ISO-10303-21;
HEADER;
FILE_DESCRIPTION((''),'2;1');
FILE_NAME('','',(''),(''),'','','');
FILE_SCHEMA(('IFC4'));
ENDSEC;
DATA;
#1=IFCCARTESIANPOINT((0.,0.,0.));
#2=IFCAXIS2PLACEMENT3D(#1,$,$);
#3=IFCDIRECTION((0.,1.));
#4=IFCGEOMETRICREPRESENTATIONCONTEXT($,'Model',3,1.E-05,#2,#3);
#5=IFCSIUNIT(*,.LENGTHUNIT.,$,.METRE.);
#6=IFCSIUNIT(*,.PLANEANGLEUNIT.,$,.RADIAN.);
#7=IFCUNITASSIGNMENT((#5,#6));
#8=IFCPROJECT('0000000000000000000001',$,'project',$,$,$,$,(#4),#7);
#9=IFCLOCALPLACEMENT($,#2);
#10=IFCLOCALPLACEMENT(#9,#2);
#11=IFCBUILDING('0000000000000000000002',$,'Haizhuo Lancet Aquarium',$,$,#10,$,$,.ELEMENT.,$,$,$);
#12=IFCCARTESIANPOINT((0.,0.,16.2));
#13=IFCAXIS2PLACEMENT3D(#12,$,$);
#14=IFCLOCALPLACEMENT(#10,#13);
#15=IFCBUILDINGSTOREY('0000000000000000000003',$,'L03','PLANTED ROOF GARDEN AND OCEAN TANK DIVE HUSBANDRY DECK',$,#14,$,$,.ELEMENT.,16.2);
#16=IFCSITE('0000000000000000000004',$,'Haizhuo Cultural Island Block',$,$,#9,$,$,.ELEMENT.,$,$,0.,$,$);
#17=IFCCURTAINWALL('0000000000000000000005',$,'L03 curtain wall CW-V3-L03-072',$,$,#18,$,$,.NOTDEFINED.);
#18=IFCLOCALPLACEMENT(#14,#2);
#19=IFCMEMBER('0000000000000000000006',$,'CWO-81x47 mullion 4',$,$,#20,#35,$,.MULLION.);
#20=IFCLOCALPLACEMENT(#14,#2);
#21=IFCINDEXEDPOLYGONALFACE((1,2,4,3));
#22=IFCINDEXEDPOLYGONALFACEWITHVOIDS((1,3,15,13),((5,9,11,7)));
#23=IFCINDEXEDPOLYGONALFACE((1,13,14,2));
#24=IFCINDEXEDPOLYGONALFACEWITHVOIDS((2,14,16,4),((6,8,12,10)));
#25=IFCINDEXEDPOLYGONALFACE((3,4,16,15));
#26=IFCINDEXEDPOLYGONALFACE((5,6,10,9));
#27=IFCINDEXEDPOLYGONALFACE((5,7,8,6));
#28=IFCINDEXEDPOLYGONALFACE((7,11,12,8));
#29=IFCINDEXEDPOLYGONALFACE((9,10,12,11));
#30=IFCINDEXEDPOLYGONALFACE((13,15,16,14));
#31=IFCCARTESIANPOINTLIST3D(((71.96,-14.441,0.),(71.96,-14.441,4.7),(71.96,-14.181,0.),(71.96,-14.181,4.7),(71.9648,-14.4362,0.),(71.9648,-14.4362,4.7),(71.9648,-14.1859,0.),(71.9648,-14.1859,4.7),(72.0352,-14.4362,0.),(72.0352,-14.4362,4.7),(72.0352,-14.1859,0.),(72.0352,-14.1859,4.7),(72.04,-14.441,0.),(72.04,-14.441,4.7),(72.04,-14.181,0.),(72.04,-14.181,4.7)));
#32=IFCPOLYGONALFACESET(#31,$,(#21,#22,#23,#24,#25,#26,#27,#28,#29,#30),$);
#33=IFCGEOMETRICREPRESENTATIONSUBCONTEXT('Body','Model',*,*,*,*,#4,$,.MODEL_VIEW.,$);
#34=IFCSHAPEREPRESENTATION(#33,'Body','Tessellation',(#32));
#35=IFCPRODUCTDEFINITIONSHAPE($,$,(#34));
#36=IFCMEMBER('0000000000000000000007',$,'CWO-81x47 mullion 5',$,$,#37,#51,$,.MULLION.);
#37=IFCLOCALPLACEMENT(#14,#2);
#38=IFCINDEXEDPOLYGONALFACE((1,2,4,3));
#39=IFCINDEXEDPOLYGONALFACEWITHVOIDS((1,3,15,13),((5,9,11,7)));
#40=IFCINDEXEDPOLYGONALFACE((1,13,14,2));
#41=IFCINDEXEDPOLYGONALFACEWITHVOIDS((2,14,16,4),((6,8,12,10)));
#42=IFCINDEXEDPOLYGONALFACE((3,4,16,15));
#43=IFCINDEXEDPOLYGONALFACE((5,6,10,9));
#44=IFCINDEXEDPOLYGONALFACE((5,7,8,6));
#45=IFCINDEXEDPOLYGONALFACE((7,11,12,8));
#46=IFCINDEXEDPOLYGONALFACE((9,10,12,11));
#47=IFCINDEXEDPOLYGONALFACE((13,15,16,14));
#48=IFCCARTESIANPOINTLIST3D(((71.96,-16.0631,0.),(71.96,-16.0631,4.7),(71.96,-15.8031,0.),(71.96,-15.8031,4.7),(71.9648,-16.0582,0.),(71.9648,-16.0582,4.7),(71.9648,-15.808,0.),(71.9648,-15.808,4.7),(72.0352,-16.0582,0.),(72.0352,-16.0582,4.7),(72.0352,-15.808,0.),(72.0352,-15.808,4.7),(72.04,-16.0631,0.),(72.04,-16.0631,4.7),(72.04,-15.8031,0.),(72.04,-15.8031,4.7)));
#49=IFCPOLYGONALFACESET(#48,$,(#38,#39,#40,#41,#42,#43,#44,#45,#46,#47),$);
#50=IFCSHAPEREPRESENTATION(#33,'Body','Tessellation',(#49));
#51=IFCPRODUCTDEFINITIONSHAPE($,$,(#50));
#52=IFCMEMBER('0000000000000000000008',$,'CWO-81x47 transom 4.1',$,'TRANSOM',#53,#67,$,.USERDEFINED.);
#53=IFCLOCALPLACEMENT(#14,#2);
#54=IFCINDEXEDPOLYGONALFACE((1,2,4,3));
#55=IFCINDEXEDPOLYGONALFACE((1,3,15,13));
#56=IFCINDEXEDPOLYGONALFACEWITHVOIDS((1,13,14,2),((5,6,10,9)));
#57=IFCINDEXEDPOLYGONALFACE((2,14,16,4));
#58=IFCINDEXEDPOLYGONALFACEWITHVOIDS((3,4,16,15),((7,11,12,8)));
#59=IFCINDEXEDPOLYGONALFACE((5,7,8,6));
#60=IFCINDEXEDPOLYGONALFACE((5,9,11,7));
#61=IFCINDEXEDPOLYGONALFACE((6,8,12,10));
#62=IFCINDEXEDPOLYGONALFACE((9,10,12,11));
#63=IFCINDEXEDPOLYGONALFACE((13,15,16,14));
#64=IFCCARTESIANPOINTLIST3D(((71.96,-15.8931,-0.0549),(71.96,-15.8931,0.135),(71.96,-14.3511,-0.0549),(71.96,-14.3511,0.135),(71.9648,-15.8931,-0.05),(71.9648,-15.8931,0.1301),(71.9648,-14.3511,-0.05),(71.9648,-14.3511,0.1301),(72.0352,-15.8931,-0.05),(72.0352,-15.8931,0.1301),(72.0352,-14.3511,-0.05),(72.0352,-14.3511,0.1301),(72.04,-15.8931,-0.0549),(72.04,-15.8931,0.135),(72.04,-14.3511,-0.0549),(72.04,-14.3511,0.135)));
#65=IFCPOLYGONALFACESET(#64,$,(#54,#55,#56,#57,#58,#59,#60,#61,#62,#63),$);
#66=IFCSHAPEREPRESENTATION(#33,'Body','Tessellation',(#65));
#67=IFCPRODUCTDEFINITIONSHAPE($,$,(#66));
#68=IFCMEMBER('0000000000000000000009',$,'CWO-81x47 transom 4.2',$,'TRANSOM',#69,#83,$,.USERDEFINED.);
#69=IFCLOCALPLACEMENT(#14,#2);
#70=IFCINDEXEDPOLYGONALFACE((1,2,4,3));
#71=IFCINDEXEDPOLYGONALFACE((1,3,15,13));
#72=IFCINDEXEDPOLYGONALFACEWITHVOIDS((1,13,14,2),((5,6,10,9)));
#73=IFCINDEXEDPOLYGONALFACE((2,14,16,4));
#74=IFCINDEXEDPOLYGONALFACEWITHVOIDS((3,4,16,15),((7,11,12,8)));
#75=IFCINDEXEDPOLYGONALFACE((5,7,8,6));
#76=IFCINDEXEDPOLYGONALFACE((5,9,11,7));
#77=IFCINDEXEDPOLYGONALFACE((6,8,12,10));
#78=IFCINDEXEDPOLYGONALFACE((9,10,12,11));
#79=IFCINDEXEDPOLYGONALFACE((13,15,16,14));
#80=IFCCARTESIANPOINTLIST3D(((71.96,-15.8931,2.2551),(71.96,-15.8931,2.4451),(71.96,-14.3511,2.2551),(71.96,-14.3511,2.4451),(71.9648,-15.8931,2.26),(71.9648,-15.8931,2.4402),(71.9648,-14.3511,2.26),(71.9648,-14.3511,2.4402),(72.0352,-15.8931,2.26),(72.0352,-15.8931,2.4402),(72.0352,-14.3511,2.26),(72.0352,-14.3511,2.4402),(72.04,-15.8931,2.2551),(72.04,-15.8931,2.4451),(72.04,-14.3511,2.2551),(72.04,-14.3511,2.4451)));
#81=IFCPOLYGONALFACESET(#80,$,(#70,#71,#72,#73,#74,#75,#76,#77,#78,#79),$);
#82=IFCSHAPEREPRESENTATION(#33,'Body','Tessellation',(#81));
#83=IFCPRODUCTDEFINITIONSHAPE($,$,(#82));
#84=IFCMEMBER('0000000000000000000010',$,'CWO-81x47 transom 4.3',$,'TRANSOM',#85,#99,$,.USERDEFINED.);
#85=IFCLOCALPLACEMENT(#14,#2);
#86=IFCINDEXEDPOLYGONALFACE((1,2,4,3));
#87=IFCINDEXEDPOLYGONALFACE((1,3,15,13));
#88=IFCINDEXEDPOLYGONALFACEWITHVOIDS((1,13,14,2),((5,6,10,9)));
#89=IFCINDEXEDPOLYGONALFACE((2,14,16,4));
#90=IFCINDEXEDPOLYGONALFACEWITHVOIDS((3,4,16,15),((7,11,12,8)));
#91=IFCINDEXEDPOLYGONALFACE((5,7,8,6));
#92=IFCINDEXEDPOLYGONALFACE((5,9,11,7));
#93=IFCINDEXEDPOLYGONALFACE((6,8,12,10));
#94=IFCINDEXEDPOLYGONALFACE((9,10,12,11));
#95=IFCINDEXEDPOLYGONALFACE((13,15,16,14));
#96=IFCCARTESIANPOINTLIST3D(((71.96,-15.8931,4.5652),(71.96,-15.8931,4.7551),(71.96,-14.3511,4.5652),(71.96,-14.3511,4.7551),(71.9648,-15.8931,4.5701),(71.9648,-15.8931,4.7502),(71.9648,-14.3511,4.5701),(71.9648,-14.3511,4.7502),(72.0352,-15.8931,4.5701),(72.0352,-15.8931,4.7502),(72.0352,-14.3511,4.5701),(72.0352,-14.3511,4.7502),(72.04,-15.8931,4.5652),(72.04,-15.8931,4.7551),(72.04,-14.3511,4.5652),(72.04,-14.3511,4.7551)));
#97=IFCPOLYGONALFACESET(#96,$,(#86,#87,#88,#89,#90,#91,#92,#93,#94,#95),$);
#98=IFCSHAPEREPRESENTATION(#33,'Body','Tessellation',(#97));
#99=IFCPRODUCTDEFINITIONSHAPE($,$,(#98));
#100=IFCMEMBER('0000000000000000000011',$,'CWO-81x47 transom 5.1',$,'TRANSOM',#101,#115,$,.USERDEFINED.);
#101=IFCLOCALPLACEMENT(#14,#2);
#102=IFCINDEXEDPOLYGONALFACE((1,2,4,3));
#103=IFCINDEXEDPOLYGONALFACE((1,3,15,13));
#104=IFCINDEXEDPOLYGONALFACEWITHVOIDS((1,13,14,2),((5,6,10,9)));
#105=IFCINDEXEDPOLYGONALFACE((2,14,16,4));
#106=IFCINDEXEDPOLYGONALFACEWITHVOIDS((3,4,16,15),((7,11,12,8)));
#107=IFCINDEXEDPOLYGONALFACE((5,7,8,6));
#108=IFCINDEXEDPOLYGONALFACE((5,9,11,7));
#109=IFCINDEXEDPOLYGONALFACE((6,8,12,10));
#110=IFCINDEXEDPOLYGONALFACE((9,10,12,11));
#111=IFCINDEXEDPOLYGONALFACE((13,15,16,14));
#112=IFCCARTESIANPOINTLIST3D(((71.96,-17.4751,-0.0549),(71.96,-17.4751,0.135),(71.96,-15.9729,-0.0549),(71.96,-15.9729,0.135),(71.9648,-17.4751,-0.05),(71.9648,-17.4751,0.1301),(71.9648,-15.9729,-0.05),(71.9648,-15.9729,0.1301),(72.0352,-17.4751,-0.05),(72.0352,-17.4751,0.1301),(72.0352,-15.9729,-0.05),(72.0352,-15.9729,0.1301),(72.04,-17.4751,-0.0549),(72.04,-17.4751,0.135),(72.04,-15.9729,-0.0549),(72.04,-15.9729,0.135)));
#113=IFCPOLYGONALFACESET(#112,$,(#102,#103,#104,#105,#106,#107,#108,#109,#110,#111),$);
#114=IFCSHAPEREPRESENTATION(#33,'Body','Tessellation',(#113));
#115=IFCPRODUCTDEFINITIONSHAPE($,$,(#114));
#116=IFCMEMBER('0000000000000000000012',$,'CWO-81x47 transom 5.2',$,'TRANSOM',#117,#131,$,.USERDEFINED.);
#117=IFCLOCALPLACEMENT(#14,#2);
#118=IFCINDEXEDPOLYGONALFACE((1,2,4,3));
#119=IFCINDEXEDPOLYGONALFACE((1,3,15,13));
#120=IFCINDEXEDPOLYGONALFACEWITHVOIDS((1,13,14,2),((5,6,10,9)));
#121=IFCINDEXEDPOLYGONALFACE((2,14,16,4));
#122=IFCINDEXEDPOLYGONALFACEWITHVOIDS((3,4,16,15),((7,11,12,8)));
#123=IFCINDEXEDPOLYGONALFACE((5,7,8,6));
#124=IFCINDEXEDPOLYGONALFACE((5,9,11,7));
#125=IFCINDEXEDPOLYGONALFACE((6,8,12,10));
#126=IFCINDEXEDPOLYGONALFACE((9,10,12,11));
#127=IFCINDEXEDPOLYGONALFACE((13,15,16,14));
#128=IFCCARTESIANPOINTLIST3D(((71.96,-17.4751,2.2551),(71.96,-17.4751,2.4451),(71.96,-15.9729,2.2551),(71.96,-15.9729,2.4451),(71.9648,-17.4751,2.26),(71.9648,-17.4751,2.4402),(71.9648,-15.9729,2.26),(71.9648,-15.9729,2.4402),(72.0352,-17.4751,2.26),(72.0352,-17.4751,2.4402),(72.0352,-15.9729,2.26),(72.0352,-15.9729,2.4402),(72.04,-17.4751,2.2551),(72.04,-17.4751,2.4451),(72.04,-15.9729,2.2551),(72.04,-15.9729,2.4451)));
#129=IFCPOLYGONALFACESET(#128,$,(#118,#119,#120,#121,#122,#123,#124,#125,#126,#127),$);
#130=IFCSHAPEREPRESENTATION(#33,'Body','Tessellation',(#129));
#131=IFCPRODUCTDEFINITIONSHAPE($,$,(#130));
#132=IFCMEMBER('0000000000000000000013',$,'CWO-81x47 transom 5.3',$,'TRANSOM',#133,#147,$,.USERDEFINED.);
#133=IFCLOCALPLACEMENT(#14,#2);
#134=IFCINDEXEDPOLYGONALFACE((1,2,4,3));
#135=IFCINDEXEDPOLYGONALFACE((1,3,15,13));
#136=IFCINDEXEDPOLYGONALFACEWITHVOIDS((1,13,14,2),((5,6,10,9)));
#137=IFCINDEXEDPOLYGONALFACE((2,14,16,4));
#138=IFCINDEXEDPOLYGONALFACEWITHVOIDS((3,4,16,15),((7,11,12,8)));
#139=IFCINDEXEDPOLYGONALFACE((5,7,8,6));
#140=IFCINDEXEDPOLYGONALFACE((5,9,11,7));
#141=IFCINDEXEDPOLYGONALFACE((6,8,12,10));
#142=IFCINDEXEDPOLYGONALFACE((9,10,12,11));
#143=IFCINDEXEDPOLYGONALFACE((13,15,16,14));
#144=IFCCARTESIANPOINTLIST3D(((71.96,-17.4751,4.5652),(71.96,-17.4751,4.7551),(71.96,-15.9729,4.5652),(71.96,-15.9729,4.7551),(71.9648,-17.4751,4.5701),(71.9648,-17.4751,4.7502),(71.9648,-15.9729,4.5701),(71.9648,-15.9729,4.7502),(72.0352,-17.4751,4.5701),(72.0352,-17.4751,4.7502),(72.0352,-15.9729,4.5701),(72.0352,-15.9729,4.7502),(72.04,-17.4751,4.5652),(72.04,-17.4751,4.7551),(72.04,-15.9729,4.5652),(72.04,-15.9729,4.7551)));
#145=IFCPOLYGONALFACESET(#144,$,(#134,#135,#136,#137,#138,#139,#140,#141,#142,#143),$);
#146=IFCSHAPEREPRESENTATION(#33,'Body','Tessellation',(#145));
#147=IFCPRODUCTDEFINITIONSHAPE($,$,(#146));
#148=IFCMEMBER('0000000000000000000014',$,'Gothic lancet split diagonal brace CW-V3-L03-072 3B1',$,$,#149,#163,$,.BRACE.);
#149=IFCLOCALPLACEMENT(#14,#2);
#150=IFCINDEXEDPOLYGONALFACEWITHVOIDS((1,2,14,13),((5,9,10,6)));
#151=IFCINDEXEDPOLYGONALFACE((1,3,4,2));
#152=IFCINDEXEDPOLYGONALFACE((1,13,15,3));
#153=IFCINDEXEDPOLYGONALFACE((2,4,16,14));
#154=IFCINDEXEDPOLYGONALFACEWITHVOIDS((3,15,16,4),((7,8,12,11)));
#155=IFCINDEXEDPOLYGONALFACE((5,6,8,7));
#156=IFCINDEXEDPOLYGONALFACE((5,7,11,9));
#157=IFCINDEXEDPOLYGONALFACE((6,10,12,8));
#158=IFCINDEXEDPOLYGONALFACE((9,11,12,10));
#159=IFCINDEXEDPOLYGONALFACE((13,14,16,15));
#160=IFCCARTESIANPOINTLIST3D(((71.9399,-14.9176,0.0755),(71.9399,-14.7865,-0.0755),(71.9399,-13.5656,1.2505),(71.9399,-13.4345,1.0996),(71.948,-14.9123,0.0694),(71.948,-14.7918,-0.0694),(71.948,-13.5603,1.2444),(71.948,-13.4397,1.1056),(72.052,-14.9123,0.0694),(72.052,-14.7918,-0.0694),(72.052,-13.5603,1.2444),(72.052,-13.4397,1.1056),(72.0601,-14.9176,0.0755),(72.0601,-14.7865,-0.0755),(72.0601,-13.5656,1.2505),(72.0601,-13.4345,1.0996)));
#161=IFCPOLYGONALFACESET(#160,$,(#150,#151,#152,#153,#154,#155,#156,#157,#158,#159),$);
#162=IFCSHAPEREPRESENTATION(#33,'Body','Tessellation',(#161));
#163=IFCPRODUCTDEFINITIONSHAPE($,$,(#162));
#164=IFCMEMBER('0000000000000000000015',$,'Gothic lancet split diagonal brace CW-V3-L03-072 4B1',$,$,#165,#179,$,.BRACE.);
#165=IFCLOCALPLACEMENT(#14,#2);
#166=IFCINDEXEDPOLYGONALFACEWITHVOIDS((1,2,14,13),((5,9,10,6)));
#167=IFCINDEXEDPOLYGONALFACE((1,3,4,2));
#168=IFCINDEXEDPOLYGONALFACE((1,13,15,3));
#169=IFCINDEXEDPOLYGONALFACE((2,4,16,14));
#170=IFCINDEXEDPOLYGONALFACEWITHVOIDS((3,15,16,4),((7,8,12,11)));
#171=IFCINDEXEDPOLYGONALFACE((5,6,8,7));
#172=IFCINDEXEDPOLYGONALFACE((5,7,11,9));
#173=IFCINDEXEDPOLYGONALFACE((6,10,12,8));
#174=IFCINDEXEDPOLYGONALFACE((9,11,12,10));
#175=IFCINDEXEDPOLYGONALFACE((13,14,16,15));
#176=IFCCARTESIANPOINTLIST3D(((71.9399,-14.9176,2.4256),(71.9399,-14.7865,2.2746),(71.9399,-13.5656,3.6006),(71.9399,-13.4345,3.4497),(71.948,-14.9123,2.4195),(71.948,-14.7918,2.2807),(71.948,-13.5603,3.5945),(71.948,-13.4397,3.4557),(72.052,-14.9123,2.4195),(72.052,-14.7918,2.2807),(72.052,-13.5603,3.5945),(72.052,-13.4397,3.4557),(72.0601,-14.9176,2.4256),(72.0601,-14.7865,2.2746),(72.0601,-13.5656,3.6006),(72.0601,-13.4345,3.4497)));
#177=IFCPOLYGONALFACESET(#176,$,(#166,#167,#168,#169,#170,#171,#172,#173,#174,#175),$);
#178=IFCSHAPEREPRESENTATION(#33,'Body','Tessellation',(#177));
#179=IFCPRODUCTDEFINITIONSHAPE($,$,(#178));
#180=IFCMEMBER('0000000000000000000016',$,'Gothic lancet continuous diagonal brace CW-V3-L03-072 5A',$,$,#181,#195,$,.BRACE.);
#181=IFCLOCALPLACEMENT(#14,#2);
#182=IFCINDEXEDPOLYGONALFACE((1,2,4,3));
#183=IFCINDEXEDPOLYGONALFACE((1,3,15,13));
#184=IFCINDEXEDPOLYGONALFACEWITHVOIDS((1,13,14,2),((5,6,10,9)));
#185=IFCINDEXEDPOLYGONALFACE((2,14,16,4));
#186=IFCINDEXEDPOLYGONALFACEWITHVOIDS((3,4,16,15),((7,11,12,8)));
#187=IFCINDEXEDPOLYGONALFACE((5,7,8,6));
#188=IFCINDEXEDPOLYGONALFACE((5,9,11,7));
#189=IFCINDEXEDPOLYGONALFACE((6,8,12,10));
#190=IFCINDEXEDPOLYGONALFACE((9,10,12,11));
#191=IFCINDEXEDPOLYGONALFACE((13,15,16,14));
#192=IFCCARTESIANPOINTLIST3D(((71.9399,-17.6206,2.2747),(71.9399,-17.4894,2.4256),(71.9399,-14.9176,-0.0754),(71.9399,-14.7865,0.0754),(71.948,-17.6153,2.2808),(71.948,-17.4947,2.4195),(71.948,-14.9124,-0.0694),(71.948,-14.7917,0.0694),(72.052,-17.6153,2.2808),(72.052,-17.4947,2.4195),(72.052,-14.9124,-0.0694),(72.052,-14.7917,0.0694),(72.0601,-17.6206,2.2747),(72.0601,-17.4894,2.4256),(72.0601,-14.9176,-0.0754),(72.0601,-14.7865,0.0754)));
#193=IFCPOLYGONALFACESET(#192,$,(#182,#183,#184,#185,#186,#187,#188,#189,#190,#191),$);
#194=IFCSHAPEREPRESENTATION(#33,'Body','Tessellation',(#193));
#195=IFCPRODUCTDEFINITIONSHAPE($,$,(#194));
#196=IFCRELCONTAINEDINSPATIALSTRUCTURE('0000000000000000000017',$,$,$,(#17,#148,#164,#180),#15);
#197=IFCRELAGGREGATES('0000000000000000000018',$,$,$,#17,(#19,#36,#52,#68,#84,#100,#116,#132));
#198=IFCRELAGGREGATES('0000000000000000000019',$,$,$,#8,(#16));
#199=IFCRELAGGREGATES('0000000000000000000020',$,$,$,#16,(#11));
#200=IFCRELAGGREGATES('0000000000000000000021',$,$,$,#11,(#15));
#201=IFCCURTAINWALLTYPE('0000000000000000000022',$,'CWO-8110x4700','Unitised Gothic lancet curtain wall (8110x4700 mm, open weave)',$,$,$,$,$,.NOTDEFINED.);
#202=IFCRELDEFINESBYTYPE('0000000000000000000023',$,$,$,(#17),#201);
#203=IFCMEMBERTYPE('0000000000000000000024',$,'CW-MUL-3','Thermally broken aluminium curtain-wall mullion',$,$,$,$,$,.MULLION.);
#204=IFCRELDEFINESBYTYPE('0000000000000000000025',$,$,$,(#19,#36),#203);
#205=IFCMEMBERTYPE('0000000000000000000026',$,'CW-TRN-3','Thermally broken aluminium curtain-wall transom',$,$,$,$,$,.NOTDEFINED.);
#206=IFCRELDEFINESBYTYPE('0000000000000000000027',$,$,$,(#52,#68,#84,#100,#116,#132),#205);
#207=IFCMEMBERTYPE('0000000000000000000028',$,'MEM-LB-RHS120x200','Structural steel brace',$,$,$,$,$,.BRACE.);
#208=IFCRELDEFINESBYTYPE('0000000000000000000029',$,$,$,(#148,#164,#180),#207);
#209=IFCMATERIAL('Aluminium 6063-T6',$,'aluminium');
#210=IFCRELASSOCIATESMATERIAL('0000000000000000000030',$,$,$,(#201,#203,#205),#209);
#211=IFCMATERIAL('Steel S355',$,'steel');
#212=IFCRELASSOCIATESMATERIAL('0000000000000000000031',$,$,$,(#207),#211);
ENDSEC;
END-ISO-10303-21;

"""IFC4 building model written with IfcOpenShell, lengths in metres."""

from ifc_helpers import new_model, si_unit, direction, frame, origin, origin_2d, place, context, subcontext, project, spatial, hollow_rectangle, extrude, material, material_profile, profile_set, type_object, element, aggregate, save


model = new_model("IFC4")

# Units and contexts
model_context = context("Model", 3, precision=1e-05, world=origin(), true_north=direction((0.0, 1.0)))
body_context = subcontext(model_context, "Body", "Model", "MODEL_VIEW")
ifc_project = project(units=[si_unit("LENGTHUNIT", "METRE"), si_unit("PLANEANGLEUNIT", "RADIAN")], contexts=[model_context])

# Site, building, storey
site_placement = place(None, origin())
site = spatial("IfcSite", under=ifc_project, at=site_placement, Name="Haizhuo Cultural Island Block", CompositionType="ELEMENT", RefElevation=0.0)
building_placement = place(site_placement, origin())
building = spatial("IfcBuilding", under=site, at=building_placement, Name="Haizhuo Lancet Aquarium", CompositionType="ELEMENT")
storey_placement = place(building_placement, frame((0.0, 0.0, 16.2)))
storey = spatial("IfcBuildingStorey", under=building, at=storey_placement, Name="L03", Description="PLANTED ROOF GARDEN AND OCEAN TANK DIVE HUSBANDRY DECK", CompositionType="ELEMENT", Elevation=16.2)

# Curtain wall, members
ifc_material_1 = material(Name="Aluminium 6063-T6", Category="aluminium")
curtain_wall_type = type_object("IfcCurtainWallType", Name="CWO-8110x4700", Description="Unitised Gothic lancet curtain wall (8110x4700 mm, open weave)", PredefinedType="NOTDEFINED", material=ifc_material_1)
curtain_wall_placement = place(storey_placement, origin())
curtain_wall = element("IfcCurtainWall", 1, at=curtain_wall_placement, inside=storey, type_object=curtain_wall_type, Name="L03 curtain wall CW-V3-L03-072", PredefinedType="NOTDEFINED")
ifc_material_profile_1 = material_profile(ifc_material_1, hollow_rectangle(XDim=0.0801, YDim=0.26, WallThickness=0.0049, at=origin_2d()), Name="ALU-M 80x260x5")
ifc_profile_set_1 = profile_set([ifc_material_profile_1], Name="Aluminium 6063-T6")
member_type_1 = type_object("IfcMemberType", Name="CW-MUL-3", Description="Thermally broken aluminium curtain-wall mullion", PredefinedType="MULLION", material=ifc_profile_set_1)
member_1_placement = place(storey_placement, frame((72.0, -14.311, 0.0), z_axis=(0.0, 0.0, 1.0), x_axis=(1.0, 0.0, 0.0)))
member_1 = element("IfcMember", 2, at=member_1_placement, type_object=member_type_1, Name="CWO-81x47 mullion 4", PredefinedType="MULLION", context=body_context, shape_type="SweptSolid", body=[
    extrude(hollow_rectangle(XDim=0.0801, YDim=0.26, WallThickness=0.0049, at=origin_2d()), origin(), (0.0, 0.0, 1.0), 4.7),
])
member_2_placement = place(storey_placement, frame((72.0, -15.9331, 0.0), z_axis=(0.0, 0.0, 1.0), x_axis=(1.0, 0.0, 0.0)))
member_2 = element("IfcMember", 3, at=member_2_placement, type_object=member_type_1, Name="CWO-81x47 mullion 5", PredefinedType="MULLION", context=body_context, shape_type="SweptSolid", body=[
    extrude(hollow_rectangle(XDim=0.0801, YDim=0.26, WallThickness=0.0049, at=origin_2d()), origin(), (0.0, 0.0, 1.0), 4.7),
])
ifc_material_profile_2 = material_profile(ifc_material_1, hollow_rectangle(XDim=0.0801, YDim=0.1899, WallThickness=0.0049, at=origin_2d()), Name="ALU-T 80x190x5")
ifc_profile_set_2 = profile_set([ifc_material_profile_2], Name="Aluminium 6063-T6")
member_type_2 = type_object("IfcMemberType", Name="CW-TRN-3", Description="Thermally broken aluminium curtain-wall transom", PredefinedType="NOTDEFINED", material=ifc_profile_set_2)
member_3_placement = place(storey_placement, frame((72.0, -14.3511, 0.04), z_axis=(0.0, -1.0, 0.0), x_axis=(1.0, 0.0, 0.0)))
member_3 = element("IfcMember", 4, at=member_3_placement, type_object=member_type_2, Name="CWO-81x47 transom 4.1", ObjectType="TRANSOM", PredefinedType="USERDEFINED", context=body_context, shape_type="SweptSolid", body=[
    extrude(hollow_rectangle(XDim=0.0801, YDim=0.1899, WallThickness=0.0049, at=origin_2d()), origin(), (0.0, 0.0, 1.0), 1.542),
])
member_4_placement = place(storey_placement, frame((72.0, -14.3511, 2.3501), z_axis=(0.0, -1.0, 0.0), x_axis=(1.0, 0.0, 0.0)))
member_4 = element("IfcMember", 5, at=member_4_placement, type_object=member_type_2, Name="CWO-81x47 transom 4.2", ObjectType="TRANSOM", PredefinedType="USERDEFINED", context=body_context, shape_type="SweptSolid", body=[
    extrude(hollow_rectangle(XDim=0.0801, YDim=0.1899, WallThickness=0.0049, at=origin_2d()), origin(), (0.0, 0.0, 1.0), 1.542),
])
member_5_placement = place(storey_placement, frame((72.0, -14.3511, 4.6602), z_axis=(0.0, -1.0, 0.0), x_axis=(1.0, 0.0, 0.0)))
member_5 = element("IfcMember", 6, at=member_5_placement, type_object=member_type_2, Name="CWO-81x47 transom 4.3", ObjectType="TRANSOM", PredefinedType="USERDEFINED", context=body_context, shape_type="SweptSolid", body=[
    extrude(hollow_rectangle(XDim=0.0801, YDim=0.1899, WallThickness=0.0049, at=origin_2d()), origin(), (0.0, 0.0, 1.0), 1.542),
])
member_6_placement = place(storey_placement, frame((72.0, -15.9729, 0.04), z_axis=(0.0, -1.0, 0.0), x_axis=(1.0, 0.0, 0.0)))
member_6 = element("IfcMember", 7, at=member_6_placement, type_object=member_type_2, Name="CWO-81x47 transom 5.1", ObjectType="TRANSOM", PredefinedType="USERDEFINED", context=body_context, shape_type="SweptSolid", body=[
    extrude(hollow_rectangle(XDim=0.0801, YDim=0.1899, WallThickness=0.0049, at=origin_2d()), origin(), (0.0, 0.0, 1.0), 1.5022),
])
member_7_placement = place(storey_placement, frame((72.0, -15.9729, 2.3501), z_axis=(0.0, -1.0, 0.0), x_axis=(1.0, 0.0, 0.0)))
member_7 = element("IfcMember", 8, at=member_7_placement, type_object=member_type_2, Name="CWO-81x47 transom 5.2", ObjectType="TRANSOM", PredefinedType="USERDEFINED", context=body_context, shape_type="SweptSolid", body=[
    extrude(hollow_rectangle(XDim=0.0801, YDim=0.1899, WallThickness=0.0049, at=origin_2d()), origin(), (0.0, 0.0, 1.0), 1.5022),
])
member_8_placement = place(storey_placement, frame((72.0, -15.9729, 4.6602), z_axis=(0.0, -1.0, 0.0), x_axis=(1.0, 0.0, 0.0)))
member_8 = element("IfcMember", 9, at=member_8_placement, type_object=member_type_2, Name="CWO-81x47 transom 5.3", ObjectType="TRANSOM", PredefinedType="USERDEFINED", context=body_context, shape_type="SweptSolid", body=[
    extrude(hollow_rectangle(XDim=0.0801, YDim=0.1899, WallThickness=0.0049, at=origin_2d()), origin(), (0.0, 0.0, 1.0), 1.5022),
])

# Members
ifc_material_2 = material(Name="Steel S355", Category="steel")
ifc_material_profile_3 = material_profile(ifc_material_2, hollow_rectangle(XDim=0.1201, YDim=0.2, WallThickness=0.0081, at=origin_2d()), Name="RHS 120x200x8")
ifc_profile_set_3 = profile_set([ifc_material_profile_3], Name="Steel S355")
member_type_3 = type_object("IfcMemberType", Name="MEM-LB-RHS120x200", Description="Structural steel brace", PredefinedType="BRACE", material=ifc_profile_set_3)
for number, where, z_axis, x_axis, name in (
    (10, (72.0, -14.8521, 0.0), (0.0, 0.754784, 0.655973), (-1.0, 0.0, 0.0), "Gothic lancet split diagonal brace CW-V3-L03-072 3B1"),
    (11, (72.0, -14.8521, 2.3501), (0.0, 0.754784, 0.655973), (-1.0, 0.0, 0.0), "Gothic lancet split diagonal brace CW-V3-L03-072 4B1"),
):
    element("IfcMember", number, at=place(storey_placement, frame(where, z_axis=z_axis, x_axis=x_axis)), inside=storey, type_object=member_type_3, Name=name, PredefinedType="BRACE", context=body_context, shape_type="SweptSolid", body=[
        extrude(hollow_rectangle(XDim=0.1201, YDim=0.2, WallThickness=0.0081, at=origin_2d()), origin(), (0.0, 0.0, 1.0), 1.7913),
    ])
member_9_placement = place(storey_placement, frame((72.0, -14.8521, 0.0), z_axis=(0.0, -0.754638, 0.656142), x_axis=(1.0, 0.0, 0.0)))
element("IfcMember", 12, at=member_9_placement, inside=storey, type_object=member_type_3, Name="Gothic lancet continuous diagonal brace CW-V3-L03-072 5A", PredefinedType="BRACE", context=body_context, shape_type="SweptSolid", body=[
    extrude(hollow_rectangle(XDim=0.1201, YDim=0.2, WallThickness=0.0081, at=origin_2d()), origin(), (0.0, 0.0, 1.0), 3.5818),
])

aggregate(curtain_wall, [member_1, member_2, member_3, member_4, member_5, member_6, member_7, member_8])

save(model, "model.ifc")
